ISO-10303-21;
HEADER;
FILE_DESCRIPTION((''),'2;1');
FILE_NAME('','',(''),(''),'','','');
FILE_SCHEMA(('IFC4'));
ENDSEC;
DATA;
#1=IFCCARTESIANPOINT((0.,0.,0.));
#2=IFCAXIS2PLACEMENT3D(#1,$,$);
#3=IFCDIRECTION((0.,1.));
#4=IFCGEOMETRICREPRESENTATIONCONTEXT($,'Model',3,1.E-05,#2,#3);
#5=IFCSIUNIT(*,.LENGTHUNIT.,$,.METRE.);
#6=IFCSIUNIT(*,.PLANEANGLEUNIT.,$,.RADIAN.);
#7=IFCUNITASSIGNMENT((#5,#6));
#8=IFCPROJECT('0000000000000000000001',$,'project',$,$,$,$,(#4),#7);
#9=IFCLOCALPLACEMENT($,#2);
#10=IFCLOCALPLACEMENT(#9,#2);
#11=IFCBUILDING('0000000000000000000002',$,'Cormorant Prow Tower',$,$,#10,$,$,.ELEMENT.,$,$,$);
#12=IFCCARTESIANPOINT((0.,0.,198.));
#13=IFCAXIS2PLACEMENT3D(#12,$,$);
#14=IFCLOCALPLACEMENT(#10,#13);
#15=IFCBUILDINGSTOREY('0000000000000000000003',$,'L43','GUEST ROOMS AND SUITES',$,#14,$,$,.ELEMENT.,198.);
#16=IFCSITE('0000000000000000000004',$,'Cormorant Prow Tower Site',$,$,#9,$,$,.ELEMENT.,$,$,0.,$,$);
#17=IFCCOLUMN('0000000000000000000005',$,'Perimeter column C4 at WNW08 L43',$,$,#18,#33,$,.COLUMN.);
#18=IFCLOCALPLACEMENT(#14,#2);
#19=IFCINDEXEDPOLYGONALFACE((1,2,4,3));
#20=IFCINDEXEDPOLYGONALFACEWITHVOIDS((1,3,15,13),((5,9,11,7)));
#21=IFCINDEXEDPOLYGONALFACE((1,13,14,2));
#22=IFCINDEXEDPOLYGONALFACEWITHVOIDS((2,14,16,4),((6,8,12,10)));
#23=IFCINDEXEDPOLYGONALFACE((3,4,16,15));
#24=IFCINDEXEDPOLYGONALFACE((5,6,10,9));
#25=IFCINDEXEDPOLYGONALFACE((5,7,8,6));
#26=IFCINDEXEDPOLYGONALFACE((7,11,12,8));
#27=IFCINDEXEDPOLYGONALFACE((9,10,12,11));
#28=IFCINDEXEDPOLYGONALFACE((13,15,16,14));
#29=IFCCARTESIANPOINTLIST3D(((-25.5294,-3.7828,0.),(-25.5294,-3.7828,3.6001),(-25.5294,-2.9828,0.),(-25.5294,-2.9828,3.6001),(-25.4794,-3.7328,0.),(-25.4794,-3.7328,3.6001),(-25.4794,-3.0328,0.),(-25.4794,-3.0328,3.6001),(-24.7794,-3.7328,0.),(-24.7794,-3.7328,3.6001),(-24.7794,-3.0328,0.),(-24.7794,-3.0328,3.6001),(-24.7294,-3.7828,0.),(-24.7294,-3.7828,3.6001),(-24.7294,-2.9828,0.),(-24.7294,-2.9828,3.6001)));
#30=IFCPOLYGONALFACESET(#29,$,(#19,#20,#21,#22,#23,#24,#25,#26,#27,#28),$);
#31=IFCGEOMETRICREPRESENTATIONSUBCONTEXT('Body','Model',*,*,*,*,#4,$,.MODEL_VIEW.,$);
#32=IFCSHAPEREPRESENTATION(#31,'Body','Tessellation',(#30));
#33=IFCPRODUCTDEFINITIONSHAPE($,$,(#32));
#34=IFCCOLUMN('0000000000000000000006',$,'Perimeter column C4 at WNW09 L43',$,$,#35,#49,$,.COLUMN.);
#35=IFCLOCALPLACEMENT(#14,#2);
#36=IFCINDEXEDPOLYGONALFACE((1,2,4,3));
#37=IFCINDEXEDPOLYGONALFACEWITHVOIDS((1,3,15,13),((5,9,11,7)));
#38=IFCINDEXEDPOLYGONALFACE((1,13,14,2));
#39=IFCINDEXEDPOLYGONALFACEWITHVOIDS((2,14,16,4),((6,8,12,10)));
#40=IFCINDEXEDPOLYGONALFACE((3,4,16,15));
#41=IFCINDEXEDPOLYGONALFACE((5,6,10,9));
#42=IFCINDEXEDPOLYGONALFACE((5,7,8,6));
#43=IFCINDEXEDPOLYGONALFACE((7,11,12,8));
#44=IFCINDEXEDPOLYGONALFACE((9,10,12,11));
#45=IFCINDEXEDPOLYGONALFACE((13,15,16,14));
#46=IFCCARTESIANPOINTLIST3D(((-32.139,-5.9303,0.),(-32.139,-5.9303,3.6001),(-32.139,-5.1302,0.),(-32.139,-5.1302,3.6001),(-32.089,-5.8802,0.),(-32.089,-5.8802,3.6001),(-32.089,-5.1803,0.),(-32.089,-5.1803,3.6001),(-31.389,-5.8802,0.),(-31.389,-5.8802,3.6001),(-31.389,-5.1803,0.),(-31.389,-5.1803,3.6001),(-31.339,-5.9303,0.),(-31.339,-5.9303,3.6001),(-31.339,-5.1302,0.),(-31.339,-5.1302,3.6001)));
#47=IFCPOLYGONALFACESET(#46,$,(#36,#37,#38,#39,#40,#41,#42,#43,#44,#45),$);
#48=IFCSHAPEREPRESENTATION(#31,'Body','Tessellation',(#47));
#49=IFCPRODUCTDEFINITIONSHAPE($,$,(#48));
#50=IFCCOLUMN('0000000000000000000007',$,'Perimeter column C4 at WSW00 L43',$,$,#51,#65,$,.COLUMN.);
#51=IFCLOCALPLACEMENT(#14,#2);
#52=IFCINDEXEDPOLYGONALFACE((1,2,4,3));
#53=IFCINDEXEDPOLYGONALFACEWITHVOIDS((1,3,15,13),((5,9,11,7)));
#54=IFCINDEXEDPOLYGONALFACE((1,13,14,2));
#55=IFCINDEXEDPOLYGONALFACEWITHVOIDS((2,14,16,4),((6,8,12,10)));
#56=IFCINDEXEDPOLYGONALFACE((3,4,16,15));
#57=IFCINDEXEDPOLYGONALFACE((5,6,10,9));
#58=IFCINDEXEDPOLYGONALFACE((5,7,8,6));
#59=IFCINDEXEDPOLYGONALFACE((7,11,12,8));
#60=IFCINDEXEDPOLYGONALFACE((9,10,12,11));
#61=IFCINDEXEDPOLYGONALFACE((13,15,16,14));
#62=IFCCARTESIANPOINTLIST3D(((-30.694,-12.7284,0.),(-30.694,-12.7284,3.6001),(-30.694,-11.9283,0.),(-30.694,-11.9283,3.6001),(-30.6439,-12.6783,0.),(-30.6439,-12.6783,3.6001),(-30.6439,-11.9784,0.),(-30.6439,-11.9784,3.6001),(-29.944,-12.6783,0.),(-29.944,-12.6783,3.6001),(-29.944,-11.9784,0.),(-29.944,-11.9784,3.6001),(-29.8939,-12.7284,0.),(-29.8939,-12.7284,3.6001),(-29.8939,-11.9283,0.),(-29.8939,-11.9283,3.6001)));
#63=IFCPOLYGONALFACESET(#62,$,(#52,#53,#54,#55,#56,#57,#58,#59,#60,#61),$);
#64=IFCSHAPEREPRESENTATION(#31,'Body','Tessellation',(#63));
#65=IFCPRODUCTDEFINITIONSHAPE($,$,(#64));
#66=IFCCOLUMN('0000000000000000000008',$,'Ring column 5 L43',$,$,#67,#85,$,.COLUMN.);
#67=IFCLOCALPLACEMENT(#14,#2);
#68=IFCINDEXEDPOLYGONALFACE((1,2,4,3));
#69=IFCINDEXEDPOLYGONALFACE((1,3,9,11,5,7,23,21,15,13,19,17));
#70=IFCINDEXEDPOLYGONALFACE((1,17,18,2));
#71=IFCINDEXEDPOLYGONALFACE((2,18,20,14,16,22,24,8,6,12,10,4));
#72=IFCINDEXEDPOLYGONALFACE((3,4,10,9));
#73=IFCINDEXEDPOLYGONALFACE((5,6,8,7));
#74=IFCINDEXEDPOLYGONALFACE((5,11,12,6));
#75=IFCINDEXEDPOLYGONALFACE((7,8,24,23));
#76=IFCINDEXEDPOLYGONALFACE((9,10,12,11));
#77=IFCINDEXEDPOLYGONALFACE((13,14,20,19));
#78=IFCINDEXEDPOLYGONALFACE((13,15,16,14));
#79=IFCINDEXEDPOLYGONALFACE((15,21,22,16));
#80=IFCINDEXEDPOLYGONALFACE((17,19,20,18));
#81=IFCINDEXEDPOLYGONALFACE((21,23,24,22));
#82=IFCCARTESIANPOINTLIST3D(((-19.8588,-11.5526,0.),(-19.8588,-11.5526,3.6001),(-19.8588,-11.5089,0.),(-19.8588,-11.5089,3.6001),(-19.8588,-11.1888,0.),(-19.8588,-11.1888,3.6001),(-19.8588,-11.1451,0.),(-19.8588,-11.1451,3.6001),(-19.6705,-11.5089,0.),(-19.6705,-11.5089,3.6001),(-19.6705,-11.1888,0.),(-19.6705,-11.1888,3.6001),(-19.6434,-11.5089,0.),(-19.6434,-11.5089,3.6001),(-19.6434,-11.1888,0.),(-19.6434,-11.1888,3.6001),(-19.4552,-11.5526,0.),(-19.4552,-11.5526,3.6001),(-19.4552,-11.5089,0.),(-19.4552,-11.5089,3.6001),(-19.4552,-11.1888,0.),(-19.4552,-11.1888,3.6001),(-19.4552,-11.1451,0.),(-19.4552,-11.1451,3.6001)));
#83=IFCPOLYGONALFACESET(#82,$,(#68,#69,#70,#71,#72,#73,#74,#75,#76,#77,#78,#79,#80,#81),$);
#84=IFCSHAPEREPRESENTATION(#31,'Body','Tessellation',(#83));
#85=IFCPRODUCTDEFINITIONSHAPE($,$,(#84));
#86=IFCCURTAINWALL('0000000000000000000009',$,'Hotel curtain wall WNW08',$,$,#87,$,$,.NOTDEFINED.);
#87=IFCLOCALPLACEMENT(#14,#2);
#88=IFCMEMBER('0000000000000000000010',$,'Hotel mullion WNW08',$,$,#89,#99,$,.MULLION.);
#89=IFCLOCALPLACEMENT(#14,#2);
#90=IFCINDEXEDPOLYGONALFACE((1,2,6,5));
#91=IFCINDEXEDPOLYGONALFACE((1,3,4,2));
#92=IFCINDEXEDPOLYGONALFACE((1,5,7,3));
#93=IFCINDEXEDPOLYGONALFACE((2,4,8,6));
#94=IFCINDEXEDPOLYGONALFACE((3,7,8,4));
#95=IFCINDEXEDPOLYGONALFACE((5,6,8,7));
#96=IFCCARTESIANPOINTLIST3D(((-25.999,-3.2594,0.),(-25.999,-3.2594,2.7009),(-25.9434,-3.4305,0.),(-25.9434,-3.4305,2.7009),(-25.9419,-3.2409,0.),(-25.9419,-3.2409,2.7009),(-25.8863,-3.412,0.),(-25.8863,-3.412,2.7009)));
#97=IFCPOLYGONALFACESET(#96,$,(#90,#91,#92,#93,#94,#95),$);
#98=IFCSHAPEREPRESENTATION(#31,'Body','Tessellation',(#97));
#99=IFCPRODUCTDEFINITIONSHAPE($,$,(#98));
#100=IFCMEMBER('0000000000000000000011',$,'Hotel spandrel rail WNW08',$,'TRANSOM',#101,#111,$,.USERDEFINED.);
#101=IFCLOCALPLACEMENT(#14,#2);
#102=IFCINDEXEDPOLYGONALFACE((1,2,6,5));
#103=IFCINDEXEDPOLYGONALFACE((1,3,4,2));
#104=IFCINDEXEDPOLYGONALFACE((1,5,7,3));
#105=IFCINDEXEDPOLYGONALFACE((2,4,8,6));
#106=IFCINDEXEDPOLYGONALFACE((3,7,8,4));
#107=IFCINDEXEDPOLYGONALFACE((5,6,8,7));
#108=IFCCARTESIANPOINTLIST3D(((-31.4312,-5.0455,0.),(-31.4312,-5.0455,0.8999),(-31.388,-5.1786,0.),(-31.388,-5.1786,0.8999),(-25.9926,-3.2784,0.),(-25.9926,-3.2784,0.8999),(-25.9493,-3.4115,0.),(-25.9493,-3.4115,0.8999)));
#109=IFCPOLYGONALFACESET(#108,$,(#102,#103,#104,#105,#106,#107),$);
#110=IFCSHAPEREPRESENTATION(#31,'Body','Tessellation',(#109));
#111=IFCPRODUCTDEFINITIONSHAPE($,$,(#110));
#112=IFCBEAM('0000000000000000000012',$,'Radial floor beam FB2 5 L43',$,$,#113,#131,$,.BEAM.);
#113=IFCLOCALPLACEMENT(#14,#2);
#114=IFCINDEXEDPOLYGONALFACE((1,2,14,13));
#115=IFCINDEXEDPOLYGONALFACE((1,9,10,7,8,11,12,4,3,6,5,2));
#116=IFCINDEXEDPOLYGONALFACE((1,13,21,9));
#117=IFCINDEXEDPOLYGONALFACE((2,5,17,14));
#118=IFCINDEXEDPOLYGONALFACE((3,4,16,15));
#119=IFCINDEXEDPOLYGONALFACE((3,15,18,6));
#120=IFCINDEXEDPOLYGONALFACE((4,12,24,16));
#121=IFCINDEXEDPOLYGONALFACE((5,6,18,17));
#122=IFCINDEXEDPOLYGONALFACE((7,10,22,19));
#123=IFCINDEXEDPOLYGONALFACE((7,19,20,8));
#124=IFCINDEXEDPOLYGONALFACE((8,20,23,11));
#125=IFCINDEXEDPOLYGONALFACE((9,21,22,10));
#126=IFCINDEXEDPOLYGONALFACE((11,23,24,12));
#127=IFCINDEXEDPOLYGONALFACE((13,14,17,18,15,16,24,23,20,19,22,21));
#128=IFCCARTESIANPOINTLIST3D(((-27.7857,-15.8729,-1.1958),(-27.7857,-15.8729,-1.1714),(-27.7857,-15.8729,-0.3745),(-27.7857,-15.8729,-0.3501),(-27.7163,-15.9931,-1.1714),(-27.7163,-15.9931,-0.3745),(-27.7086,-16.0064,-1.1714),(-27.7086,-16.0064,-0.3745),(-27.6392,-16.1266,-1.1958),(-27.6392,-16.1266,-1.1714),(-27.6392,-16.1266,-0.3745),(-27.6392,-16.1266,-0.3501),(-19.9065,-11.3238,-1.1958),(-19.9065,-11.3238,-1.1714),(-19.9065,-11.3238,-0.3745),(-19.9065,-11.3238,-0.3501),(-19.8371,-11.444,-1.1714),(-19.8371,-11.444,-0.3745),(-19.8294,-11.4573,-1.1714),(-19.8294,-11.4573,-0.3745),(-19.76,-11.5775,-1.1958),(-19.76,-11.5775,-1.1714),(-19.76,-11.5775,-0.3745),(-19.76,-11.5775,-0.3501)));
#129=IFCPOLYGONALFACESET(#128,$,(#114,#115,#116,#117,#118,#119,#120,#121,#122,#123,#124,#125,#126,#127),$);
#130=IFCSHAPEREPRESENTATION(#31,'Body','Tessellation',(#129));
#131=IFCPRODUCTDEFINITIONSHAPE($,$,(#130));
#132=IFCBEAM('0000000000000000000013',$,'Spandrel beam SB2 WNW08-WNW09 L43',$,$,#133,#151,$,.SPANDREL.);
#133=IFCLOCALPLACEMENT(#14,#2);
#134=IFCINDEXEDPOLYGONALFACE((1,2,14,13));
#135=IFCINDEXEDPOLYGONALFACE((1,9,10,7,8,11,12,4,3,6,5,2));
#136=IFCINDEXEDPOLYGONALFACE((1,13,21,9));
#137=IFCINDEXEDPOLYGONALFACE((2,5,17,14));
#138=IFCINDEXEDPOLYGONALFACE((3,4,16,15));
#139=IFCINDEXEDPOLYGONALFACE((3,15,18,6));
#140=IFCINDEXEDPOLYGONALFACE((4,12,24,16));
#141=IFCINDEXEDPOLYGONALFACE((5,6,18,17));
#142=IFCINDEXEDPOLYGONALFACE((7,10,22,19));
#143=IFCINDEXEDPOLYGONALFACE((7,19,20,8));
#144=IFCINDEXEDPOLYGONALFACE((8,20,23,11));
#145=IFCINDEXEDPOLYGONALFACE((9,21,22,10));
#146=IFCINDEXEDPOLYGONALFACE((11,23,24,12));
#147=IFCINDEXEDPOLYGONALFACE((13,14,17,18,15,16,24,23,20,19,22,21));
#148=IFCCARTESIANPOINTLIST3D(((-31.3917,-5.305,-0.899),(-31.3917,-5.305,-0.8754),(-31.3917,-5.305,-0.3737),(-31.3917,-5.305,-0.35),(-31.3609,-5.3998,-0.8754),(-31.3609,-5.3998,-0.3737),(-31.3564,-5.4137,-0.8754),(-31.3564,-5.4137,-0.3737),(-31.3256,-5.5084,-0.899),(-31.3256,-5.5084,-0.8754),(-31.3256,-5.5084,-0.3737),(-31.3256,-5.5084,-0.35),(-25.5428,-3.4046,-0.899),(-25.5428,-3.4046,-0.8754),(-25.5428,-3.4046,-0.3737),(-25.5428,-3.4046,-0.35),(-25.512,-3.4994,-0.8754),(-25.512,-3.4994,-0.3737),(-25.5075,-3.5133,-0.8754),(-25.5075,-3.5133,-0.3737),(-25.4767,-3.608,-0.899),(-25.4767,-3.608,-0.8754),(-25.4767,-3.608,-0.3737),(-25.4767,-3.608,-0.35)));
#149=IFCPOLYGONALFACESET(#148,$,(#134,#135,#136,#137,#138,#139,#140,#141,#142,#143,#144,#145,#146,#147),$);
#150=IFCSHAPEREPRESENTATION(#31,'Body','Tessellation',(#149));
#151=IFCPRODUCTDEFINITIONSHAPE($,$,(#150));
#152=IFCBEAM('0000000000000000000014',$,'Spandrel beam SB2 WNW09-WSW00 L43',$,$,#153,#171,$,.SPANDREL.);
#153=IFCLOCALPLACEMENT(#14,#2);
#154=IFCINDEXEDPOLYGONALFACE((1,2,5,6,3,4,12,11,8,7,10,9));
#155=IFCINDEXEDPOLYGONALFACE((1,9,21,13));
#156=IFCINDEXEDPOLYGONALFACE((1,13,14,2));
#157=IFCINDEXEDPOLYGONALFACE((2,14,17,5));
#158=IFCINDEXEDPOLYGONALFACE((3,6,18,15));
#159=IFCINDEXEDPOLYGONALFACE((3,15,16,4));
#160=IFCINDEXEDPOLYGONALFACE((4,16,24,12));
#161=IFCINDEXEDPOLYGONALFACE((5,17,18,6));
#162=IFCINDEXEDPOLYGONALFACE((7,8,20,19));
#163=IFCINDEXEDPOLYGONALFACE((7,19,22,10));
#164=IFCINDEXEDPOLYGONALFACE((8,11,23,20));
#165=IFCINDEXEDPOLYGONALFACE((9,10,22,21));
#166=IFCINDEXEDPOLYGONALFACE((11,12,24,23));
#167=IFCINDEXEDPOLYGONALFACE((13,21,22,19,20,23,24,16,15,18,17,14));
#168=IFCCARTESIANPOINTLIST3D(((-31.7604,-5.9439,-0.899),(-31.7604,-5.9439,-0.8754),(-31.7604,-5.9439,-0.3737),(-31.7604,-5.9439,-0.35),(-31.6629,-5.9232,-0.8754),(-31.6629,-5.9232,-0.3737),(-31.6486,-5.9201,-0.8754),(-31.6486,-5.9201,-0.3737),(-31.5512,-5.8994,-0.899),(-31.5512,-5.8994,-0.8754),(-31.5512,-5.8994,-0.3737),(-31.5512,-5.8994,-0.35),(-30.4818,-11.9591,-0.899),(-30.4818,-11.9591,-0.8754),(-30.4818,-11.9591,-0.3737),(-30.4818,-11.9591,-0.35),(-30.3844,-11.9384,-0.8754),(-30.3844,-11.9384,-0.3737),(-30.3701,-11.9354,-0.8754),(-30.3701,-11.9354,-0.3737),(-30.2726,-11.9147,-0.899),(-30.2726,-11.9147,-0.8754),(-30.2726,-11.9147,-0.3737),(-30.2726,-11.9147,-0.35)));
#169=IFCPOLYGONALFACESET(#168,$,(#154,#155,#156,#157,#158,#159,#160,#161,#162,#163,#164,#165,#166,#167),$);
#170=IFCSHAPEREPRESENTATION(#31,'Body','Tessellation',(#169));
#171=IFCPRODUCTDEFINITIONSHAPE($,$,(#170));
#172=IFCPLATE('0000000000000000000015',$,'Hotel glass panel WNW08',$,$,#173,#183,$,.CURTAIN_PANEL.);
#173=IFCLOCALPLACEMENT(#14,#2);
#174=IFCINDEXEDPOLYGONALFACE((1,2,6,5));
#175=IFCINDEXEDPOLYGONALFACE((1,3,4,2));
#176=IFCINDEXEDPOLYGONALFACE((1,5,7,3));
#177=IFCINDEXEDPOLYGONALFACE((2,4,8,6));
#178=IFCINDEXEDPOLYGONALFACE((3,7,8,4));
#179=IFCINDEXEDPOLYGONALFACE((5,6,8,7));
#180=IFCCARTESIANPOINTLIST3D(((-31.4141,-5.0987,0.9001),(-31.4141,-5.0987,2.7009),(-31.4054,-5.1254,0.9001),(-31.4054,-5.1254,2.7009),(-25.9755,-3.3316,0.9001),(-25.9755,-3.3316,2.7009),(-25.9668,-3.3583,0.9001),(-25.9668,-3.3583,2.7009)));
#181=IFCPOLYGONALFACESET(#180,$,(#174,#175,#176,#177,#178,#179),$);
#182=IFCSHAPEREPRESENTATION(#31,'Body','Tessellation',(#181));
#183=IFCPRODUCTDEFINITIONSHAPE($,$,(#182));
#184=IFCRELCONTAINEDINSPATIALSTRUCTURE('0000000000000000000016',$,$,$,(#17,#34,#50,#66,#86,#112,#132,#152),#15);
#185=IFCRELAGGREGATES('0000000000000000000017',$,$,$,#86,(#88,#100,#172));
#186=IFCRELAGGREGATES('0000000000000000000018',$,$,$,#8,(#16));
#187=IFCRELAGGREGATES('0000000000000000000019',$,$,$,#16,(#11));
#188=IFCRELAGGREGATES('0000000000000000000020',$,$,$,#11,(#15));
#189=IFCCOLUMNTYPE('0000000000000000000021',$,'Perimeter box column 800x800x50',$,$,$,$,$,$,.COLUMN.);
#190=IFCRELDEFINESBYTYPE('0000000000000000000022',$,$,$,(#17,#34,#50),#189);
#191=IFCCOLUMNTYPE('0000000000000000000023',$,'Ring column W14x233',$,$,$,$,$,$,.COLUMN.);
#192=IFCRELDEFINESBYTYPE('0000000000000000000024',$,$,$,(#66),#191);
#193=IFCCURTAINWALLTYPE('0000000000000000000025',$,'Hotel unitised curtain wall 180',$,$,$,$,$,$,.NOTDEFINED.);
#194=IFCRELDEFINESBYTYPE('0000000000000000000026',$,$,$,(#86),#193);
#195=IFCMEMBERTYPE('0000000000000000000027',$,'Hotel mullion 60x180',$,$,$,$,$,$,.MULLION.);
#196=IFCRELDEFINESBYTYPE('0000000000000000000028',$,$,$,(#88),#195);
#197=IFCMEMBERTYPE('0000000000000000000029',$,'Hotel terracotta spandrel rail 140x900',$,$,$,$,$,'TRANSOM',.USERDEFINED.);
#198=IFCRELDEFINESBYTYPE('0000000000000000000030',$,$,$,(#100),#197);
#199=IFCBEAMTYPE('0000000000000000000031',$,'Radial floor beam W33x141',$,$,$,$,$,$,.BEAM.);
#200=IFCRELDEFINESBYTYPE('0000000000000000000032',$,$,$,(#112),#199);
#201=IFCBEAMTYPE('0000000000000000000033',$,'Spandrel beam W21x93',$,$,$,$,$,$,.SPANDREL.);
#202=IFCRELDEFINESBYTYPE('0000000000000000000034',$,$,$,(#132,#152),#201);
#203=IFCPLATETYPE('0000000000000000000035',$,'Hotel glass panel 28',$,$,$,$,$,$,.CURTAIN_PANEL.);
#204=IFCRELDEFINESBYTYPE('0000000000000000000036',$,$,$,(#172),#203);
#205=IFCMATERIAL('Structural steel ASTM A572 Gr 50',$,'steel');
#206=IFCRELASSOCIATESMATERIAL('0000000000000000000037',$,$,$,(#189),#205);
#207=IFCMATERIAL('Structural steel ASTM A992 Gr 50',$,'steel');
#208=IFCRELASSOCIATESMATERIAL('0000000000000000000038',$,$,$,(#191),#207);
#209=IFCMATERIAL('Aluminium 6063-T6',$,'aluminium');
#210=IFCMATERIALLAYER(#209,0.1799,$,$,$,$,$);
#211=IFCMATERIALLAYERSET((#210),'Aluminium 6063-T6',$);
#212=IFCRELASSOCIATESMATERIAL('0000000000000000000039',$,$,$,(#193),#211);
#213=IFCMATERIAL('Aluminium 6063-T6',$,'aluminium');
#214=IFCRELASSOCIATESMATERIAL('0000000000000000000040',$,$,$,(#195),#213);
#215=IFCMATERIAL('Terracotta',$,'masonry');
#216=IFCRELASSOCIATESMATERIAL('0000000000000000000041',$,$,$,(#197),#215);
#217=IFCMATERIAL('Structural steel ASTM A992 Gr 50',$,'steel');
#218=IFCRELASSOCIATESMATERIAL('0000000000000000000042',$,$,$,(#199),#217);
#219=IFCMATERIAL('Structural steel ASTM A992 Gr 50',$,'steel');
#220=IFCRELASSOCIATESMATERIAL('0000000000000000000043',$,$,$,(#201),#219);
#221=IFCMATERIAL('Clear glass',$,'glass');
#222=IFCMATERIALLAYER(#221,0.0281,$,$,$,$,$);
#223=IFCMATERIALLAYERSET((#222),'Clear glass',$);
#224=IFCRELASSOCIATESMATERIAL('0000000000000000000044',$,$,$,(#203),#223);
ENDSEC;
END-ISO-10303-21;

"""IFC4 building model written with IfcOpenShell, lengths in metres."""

from ifc_helpers import new_model, si_unit, direction, frame, origin, origin_2d, place, context, subcontext, project, spatial, rectangle, hollow_rectangle, i_section, extrude, material, layer, layer_set, material_profile, profile_set, type_object, element, aggregate, save


model = new_model("IFC4")

# Units and contexts
model_context = context("Model", 3, precision=1e-05, world=origin(), true_north=direction((0.0, 1.0)))
body_context = subcontext(model_context, "Body", "Model", "MODEL_VIEW")
ifc_project = project(units=[si_unit("LENGTHUNIT", "METRE"), si_unit("PLANEANGLEUNIT", "RADIAN")], contexts=[model_context])

# Site, building, storey
site_placement = place(None, origin())
site = spatial("IfcSite", under=ifc_project, at=site_placement, Name="Cormorant Prow Tower Site", CompositionType="ELEMENT", RefElevation=0.0)
building_placement = place(site_placement, origin())
building = spatial("IfcBuilding", under=site, at=building_placement, Name="Cormorant Prow Tower", CompositionType="ELEMENT")
storey_placement = place(building_placement, frame((0.0, 0.0, 198.0)))
storey = spatial("IfcBuildingStorey", under=building, at=storey_placement, Name="L43", Description="GUEST ROOMS AND SUITES", CompositionType="ELEMENT", Elevation=198.0)

# Columns
ifc_material_1 = material(Name="Structural steel ASTM A572 Gr 50", Category="steel")
ifc_material_profile_1 = material_profile(ifc_material_1, hollow_rectangle(XDim=0.8, YDim=0.8, WallThickness=0.05, at=origin_2d()), Name="Box 800x800x50")
ifc_profile_set_1 = profile_set([ifc_material_profile_1], Name="Structural steel ASTM A572 Gr 50")
column_type_1 = type_object("IfcColumnType", Name="Perimeter box column 800x800x50", PredefinedType="COLUMN", material=ifc_profile_set_1)
for number, where, z_axis, x_axis, name in (
    (1, (-25.1294, -3.3828, 0.0), (0.0, 0.0, 1.0), (1.0, 0.0, 0.0), "Perimeter column C4 at WNW08 L43"),
    (2, (-31.739, -5.5303, 0.0), (0.0, 0.0, 1.0), (1.0, 0.0, 0.0), "Perimeter column C4 at WNW09 L43"),
    (3, (-30.2939, -12.3284, 0.0), (0.0, 0.0, 1.0), (1.0, 0.0, 0.0), "Perimeter column C4 at WSW00 L43"),
):
    element("IfcColumn", number, at=place(storey_placement, frame(where, z_axis=z_axis, x_axis=x_axis)), inside=storey, type_object=column_type_1, Name=name, PredefinedType="COLUMN", context=body_context, shape_type="SweptSolid", body=[
        extrude(hollow_rectangle(XDim=0.8, YDim=0.8, WallThickness=0.05, at=origin_2d()), origin(), (0.0, 0.0, 1.0), 3.6001),
    ])
ifc_material_2 = material(Name="Structural steel ASTM A992 Gr 50", Category="steel")
ifc_material_profile_2 = material_profile(ifc_material_2, i_section(OverallWidth=0.4036, OverallDepth=0.4075, WebThickness=0.0271, FlangeThickness=0.0437, at=origin_2d()), Name="W14x233")
ifc_profile_set_2 = profile_set([ifc_material_profile_2], Name="Structural steel ASTM A992 Gr 50")
column_type_2 = type_object("IfcColumnType", Name="Ring column W14x233", PredefinedType="COLUMN", material=ifc_profile_set_2)
column_placement = place(storey_placement, frame((-19.657, -11.3489, 0.0), z_axis=(0.0, 0.0, 1.0), x_axis=(1.0, 0.0, 0.0)))
element("IfcColumn", 4, at=column_placement, inside=storey, type_object=column_type_2, Name="Ring column 5 L43", PredefinedType="COLUMN", context=body_context, shape_type="SweptSolid", body=[
    extrude(i_section(OverallWidth=0.4036, OverallDepth=0.4075, WebThickness=0.0271, FlangeThickness=0.0437, at=origin_2d()), origin(), (0.0, 0.0, 1.0), 3.6001),
])

# Curtain wall, members
ifc_material_3 = material(Name="Aluminium 6063-T6", Category="aluminium")
ifc_layer_1 = layer(ifc_material_3, 0.1799)
ifc_layer_set_1 = layer_set([ifc_layer_1], Name="Aluminium 6063-T6")
curtain_wall_type = type_object("IfcCurtainWallType", Name="Hotel unitised curtain wall 180", PredefinedType="NOTDEFINED", material=ifc_layer_set_1)
curtain_wall_placement = place(storey_placement, origin())
curtain_wall = element("IfcCurtainWall", 5, at=curtain_wall_placement, inside=storey, type_object=curtain_wall_type, Name="Hotel curtain wall WNW08", PredefinedType="NOTDEFINED")
ifc_material_4 = material(Name="Aluminium 6063-T6", Category="aluminium")
ifc_material_profile_3 = material_profile(ifc_material_4, rectangle(XDim=0.1799, YDim=0.0601, at=origin_2d()), Name="Hotel mullion 60x180")
ifc_profile_set_3 = profile_set([ifc_material_profile_3], Name="Aluminium 6063-T6")
member_type_1 = type_object("IfcMemberType", Name="Hotel mullion 60x180", PredefinedType="MULLION", material=ifc_profile_set_3)
member_1_placement = place(storey_placement, frame((-25.9426, -3.3357, 0.0), z_axis=(0.0, 0.0, 1.0), x_axis=(0.309017, -0.951056, 0.0)))
member_1 = element("IfcMember", 6, at=member_1_placement, type_object=member_type_1, Name="Hotel mullion WNW08", PredefinedType="MULLION", context=body_context, shape_type="SweptSolid", body=[
    extrude(rectangle(XDim=0.1799, YDim=0.0601, at=origin_2d()), origin(), (0.0, 0.0, 1.0), 2.7009),
])
ifc_material_5 = material(Name="Terracotta", Category="masonry")
ifc_material_profile_4 = material_profile(ifc_material_5, rectangle(XDim=0.1399, YDim=0.8999, at=origin_2d()), Name="Hotel terracotta spandrel rail 140x900")
ifc_profile_set_4 = profile_set([ifc_material_profile_4], Name="Terracotta")
member_type_2 = type_object("IfcMemberType", Name="Hotel terracotta spandrel rail 140x900", ElementType="TRANSOM", PredefinedType="USERDEFINED", material=ifc_profile_set_4)
member_2_placement = place(storey_placement, frame((-25.9709, -3.345, 0.45), z_axis=(-0.951059, -0.309008, 0.0), x_axis=(0.309008, -0.951059, 0.0)))
member_2 = element("IfcMember", 7, at=member_2_placement, type_object=member_type_2, Name="Hotel spandrel rail WNW08", ObjectType="TRANSOM", PredefinedType="USERDEFINED", context=body_context, shape_type="SweptSolid", body=[
    extrude(rectangle(XDim=0.1399, YDim=0.8999, at=origin_2d()), origin(), (0.0, 0.0, 1.0), 5.7185),
])

# Beams
ifc_material_6 = material(Name="Structural steel ASTM A992 Gr 50", Category="steel")
ifc_material_profile_5 = material_profile(ifc_material_6, i_section(OverallWidth=0.293, OverallDepth=0.8457, WebThickness=0.0154, FlangeThickness=0.0244, at=origin_2d()), Name="W33x141")
ifc_profile_set_5 = profile_set([ifc_material_profile_5], Name="Structural steel ASTM A992 Gr 50")
beam_type_1 = type_object("IfcBeamType", Name="Radial floor beam W33x141", PredefinedType="BEAM", material=ifc_profile_set_5)
beam_1_placement = place(storey_placement, frame((-19.8333, -11.4507, -0.7729), z_axis=(-0.866023, -0.500004, 0.0), x_axis=(0.500004, -0.866023, 0.0)))
element("IfcBeam", 8, at=beam_1_placement, inside=storey, type_object=beam_type_1, Name="Radial floor beam FB2 5 L43", PredefinedType="BEAM", context=body_context, shape_type="SweptSolid", body=[
    extrude(i_section(OverallWidth=0.293, OverallDepth=0.8457, WebThickness=0.0154, FlangeThickness=0.0244, at=origin_2d()), origin(), (0.0, 0.0, 1.0), 9.0981),
])
ifc_material_7 = material(Name="Structural steel ASTM A992 Gr 50", Category="steel")
ifc_material_profile_6 = material_profile(ifc_material_7, i_section(OverallWidth=0.2139, OverallDepth=0.5491, WebThickness=0.0146, FlangeThickness=0.0237, at=origin_2d()), Name="W21x93")
ifc_profile_set_6 = profile_set([ifc_material_profile_6], Name="Structural steel ASTM A992 Gr 50")
beam_type_2 = type_object("IfcBeamType", Name="Spandrel beam W21x93", PredefinedType="SPANDREL", material=ifc_profile_set_6)
beam_2_placement = place(storey_placement, frame((-25.5098, -3.5063, -0.6245), z_axis=(-0.951058, -0.309013, 0.0), x_axis=(0.309013, -0.951058, 0.0)))
element("IfcBeam", 9, at=beam_2_placement, inside=storey, type_object=beam_type_2, Name="Spandrel beam SB2 WNW08-WNW09 L43", PredefinedType="SPANDREL", context=body_context, shape_type="SweptSolid", body=[
    extrude(i_section(OverallWidth=0.2139, OverallDepth=0.5491, WebThickness=0.0146, FlangeThickness=0.0237, at=origin_2d()), origin(), (0.0, 0.0, 1.0), 6.1499),
])
beam_3_placement = place(storey_placement, frame((-31.6558, -5.9216, -0.6245), z_axis=(0.207905, -0.978149, 0.0), x_axis=(0.978149, 0.207905, 0.0)))
element("IfcBeam", 10, at=beam_3_placement, inside=storey, type_object=beam_type_2, Name="Spandrel beam SB2 WNW09-WSW00 L43", PredefinedType="SPANDREL", context=body_context, shape_type="SweptSolid", body=[
    extrude(i_section(OverallWidth=0.2139, OverallDepth=0.5491, WebThickness=0.0146, FlangeThickness=0.0237, at=origin_2d()), origin(), (0.0, 0.0, 1.0), 6.1497),
])

# Plate
ifc_material_8 = material(Name="Clear glass", Category="glass")
ifc_layer_2 = layer(ifc_material_8, 0.0281)
ifc_layer_set_2 = layer_set([ifc_layer_2], Name="Clear glass")
plate_type = type_object("IfcPlateType", Name="Hotel glass panel 28", PredefinedType="CURTAIN_PANEL", material=ifc_layer_set_2)
plate_placement = place(storey_placement, frame((-28.6904, -4.2285, 0.9001), z_axis=(0.0, 0.0, 1.0), x_axis=(-0.951056, -0.309017, 0.0)))
plate = element("IfcPlate", 11, at=plate_placement, type_object=plate_type, Name="Hotel glass panel WNW08", PredefinedType="CURTAIN_PANEL", context=body_context, shape_type="SweptSolid", body=[
    extrude(rectangle(XDim=5.7185, YDim=0.0281, at=origin_2d()), origin(), (0.0, 0.0, 1.0), 1.8008),
])
aggregate(curtain_wall, [member_1, member_2, plate])

save(model, "model.ifc")
